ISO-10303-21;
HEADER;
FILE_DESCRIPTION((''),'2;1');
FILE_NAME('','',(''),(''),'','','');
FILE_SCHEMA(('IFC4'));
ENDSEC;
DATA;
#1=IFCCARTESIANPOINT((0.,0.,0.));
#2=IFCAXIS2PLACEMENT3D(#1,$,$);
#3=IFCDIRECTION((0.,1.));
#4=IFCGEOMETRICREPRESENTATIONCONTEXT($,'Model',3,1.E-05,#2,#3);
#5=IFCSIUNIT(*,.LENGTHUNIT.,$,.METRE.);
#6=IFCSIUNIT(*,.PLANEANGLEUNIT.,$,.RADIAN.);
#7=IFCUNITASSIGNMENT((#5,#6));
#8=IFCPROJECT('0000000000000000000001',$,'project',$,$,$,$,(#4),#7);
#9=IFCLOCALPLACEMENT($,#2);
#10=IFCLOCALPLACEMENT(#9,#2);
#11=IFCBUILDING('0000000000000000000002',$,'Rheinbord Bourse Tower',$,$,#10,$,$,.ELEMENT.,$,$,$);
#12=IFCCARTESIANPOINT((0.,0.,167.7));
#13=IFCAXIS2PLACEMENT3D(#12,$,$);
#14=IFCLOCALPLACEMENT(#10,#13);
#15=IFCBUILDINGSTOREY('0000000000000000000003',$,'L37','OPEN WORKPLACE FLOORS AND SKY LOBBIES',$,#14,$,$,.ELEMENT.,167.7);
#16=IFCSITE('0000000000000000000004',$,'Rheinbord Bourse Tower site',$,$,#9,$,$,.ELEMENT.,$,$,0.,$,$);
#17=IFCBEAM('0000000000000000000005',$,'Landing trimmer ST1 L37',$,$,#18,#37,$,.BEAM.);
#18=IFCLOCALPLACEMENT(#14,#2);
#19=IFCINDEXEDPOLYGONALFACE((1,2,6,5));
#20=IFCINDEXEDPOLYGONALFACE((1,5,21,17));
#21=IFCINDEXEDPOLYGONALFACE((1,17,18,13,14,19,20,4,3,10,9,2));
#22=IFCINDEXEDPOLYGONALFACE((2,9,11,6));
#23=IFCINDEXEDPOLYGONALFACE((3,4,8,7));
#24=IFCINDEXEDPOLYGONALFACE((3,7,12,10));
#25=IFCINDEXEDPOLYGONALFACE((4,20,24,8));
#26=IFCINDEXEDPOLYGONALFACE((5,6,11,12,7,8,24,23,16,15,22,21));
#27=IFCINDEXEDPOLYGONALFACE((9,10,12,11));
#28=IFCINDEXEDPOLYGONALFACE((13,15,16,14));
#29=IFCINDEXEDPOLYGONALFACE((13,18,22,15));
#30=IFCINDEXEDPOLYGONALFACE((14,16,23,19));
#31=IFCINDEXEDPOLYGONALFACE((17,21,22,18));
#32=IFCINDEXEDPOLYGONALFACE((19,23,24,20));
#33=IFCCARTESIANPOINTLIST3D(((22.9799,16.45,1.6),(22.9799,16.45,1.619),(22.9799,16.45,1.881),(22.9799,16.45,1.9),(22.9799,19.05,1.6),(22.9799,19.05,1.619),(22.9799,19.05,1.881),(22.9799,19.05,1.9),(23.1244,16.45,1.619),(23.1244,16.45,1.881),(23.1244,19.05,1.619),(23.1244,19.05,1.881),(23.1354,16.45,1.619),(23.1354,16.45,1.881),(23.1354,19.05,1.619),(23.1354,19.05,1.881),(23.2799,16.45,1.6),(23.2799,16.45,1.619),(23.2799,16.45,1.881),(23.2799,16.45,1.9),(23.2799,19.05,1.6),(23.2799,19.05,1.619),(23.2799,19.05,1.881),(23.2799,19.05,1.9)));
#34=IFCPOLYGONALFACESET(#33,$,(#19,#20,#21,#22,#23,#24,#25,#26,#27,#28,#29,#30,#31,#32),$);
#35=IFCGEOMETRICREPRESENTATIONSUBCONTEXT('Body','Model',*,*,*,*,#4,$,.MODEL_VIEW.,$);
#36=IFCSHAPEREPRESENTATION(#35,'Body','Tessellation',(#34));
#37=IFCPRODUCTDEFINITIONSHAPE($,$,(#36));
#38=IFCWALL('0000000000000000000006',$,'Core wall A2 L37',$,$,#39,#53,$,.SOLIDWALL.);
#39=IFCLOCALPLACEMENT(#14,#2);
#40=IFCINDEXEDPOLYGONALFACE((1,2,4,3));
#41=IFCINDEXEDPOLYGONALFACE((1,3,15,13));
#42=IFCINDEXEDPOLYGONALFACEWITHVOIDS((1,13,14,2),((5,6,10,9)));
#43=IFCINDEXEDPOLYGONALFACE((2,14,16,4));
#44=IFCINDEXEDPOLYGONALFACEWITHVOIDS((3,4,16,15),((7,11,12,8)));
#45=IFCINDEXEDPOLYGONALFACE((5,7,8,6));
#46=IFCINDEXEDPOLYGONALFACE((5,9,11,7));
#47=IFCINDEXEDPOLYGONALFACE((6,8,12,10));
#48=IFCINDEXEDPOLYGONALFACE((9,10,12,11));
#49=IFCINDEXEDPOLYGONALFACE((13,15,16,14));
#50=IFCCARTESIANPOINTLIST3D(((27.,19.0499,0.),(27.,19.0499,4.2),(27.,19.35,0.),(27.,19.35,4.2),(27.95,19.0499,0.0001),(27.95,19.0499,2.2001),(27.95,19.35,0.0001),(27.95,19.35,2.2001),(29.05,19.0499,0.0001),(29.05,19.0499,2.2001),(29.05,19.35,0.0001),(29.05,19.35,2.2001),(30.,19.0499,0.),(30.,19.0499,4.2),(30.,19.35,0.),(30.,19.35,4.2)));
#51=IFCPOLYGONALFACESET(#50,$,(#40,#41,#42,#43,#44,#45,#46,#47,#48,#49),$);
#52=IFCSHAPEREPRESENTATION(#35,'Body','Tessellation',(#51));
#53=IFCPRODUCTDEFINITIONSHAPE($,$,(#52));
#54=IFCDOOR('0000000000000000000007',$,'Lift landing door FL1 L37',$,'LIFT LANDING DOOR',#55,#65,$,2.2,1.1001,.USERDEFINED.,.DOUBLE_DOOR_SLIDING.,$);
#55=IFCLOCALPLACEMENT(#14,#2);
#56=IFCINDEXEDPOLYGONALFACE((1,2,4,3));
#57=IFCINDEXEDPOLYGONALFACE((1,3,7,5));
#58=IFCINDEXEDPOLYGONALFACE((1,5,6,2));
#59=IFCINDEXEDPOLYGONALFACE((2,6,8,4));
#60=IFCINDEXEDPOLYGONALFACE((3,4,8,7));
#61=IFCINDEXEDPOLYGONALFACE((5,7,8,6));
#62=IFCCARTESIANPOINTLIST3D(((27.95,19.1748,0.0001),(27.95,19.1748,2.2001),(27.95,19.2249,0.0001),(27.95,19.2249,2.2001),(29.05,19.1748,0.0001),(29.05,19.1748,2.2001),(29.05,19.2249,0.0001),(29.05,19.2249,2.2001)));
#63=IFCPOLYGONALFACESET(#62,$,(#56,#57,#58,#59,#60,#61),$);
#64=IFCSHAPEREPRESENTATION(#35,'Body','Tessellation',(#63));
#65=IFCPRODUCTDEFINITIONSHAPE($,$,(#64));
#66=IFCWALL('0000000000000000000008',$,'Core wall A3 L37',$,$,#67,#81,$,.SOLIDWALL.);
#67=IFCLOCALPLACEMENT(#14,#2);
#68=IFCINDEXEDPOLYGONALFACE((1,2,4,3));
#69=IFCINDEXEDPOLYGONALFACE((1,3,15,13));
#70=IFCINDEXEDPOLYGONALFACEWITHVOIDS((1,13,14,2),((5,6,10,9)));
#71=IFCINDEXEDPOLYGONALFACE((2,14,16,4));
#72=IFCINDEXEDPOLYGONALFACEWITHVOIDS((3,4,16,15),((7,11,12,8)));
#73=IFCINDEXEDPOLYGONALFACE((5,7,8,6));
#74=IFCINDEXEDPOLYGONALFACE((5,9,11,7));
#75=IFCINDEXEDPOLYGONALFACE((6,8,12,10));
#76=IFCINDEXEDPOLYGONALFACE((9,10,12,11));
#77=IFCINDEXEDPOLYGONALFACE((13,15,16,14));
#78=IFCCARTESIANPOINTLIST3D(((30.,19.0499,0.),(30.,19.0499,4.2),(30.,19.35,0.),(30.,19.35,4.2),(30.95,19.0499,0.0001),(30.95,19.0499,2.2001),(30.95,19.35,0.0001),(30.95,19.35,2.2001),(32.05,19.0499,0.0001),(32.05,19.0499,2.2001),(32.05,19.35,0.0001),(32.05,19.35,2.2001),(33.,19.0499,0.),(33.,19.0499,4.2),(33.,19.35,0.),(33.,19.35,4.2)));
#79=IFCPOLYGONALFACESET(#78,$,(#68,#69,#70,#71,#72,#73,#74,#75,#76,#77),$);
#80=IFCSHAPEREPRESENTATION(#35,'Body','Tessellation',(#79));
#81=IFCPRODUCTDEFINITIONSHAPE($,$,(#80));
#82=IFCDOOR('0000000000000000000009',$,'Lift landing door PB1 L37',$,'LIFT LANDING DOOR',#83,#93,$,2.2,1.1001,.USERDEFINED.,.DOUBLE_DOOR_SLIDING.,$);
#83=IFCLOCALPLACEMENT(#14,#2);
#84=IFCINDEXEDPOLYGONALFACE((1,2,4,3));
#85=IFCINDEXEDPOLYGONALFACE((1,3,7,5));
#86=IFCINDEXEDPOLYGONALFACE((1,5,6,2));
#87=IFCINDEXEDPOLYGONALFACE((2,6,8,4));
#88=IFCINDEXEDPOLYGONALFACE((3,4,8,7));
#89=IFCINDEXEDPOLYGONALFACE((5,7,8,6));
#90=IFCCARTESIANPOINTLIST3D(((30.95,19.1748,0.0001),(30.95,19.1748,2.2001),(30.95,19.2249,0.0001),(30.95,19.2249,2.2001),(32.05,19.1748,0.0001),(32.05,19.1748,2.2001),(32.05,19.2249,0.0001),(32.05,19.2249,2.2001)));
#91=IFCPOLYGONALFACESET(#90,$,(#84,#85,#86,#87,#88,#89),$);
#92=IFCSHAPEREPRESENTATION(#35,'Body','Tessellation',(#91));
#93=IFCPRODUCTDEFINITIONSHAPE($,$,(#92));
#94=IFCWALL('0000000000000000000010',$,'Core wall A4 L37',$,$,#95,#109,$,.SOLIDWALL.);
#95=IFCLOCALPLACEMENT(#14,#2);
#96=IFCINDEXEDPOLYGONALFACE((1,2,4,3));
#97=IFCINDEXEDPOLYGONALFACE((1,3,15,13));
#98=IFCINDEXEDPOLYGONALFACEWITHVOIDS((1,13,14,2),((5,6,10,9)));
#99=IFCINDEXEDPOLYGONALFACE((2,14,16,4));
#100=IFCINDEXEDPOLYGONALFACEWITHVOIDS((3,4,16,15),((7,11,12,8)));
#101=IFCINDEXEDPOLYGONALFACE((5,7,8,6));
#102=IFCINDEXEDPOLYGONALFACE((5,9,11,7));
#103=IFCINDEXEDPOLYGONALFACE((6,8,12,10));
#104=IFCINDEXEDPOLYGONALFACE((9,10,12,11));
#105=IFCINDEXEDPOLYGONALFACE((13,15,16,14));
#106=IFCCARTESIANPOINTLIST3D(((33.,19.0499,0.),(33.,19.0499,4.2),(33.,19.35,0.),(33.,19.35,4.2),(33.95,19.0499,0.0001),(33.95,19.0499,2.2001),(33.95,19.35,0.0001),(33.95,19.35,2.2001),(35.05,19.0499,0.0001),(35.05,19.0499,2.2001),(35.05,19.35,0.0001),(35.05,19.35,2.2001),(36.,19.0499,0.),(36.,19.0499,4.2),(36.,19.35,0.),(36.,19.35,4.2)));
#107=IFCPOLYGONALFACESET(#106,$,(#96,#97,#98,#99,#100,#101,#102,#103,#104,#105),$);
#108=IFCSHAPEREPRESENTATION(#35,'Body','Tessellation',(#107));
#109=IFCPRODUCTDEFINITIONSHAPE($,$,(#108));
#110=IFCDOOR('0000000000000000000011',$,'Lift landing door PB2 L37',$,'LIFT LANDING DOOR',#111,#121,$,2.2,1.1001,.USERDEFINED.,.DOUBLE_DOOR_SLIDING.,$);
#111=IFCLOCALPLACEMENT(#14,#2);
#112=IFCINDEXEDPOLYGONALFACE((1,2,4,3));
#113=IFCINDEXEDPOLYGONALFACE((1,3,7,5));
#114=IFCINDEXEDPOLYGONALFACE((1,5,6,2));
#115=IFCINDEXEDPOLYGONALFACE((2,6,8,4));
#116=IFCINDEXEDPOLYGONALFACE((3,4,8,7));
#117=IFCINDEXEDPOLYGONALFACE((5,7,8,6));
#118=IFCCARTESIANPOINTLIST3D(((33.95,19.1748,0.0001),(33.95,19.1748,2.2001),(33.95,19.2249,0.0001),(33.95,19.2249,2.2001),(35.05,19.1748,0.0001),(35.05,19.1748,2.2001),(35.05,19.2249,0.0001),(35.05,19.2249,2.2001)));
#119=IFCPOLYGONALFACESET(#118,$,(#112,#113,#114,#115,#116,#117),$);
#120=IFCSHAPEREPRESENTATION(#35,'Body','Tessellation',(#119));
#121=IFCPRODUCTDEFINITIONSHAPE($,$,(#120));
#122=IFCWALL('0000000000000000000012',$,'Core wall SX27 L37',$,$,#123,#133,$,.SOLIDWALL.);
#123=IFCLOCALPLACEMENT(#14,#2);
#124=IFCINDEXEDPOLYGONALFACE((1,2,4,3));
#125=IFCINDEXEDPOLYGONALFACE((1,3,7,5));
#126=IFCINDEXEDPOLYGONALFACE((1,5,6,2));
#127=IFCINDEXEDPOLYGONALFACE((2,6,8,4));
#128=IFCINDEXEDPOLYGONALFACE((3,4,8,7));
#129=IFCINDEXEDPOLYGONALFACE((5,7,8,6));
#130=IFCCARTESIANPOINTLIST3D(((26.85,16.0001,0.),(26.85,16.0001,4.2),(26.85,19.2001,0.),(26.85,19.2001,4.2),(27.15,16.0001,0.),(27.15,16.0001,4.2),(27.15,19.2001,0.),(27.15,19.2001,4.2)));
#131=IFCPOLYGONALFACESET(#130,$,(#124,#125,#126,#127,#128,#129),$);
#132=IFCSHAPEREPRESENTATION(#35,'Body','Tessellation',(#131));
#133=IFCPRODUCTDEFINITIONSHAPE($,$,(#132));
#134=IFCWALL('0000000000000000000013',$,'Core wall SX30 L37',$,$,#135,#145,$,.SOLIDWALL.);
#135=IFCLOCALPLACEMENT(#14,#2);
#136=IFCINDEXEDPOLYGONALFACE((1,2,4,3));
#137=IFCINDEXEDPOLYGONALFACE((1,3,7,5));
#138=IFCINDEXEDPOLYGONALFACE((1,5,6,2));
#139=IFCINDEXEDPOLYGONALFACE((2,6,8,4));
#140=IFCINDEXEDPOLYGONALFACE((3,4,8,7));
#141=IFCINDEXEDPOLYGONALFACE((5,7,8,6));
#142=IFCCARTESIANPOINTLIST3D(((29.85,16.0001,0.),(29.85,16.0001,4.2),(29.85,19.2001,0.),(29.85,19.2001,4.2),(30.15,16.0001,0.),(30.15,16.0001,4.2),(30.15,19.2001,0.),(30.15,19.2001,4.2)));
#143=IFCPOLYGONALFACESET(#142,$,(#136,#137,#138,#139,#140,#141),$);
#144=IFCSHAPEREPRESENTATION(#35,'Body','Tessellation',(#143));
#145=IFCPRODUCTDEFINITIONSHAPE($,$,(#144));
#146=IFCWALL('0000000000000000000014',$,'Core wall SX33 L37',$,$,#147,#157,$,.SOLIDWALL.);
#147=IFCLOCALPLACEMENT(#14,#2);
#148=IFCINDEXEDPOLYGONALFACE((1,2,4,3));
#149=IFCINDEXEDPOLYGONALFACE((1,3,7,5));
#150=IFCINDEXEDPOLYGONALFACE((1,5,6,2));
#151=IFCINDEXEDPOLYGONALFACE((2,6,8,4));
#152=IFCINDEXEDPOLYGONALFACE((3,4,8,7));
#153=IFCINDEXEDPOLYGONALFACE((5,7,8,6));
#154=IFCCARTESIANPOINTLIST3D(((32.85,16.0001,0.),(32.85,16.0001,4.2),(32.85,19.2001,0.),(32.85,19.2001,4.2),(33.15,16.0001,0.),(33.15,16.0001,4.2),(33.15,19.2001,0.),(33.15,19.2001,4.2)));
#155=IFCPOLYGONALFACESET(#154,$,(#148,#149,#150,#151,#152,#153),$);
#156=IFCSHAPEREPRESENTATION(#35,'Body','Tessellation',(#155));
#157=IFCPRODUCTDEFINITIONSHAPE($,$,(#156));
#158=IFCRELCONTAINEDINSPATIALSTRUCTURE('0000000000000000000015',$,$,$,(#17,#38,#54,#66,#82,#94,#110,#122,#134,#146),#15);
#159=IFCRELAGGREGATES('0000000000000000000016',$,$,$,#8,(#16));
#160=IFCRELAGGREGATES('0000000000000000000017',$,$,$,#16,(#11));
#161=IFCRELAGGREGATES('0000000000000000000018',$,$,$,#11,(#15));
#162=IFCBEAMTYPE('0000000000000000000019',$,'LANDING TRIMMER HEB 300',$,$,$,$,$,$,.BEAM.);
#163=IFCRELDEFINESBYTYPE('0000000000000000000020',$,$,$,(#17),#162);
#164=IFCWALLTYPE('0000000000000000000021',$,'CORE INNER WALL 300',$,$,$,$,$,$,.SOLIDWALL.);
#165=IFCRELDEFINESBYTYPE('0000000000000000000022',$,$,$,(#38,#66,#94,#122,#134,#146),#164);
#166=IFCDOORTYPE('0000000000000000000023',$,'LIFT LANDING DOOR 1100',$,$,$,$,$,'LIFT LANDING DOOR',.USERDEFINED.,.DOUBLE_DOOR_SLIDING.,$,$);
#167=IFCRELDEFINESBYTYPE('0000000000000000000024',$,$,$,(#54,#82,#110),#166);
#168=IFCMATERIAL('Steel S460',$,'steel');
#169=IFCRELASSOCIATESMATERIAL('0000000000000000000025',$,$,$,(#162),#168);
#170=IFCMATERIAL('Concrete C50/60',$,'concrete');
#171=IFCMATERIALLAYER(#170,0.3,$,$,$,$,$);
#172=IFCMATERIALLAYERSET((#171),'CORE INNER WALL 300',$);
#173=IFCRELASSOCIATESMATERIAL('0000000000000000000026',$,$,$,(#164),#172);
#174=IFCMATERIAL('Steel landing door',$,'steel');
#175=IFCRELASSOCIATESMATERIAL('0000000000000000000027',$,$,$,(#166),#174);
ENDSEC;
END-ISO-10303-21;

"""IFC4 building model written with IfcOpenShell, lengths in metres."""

from ifc_helpers import new_model, si_unit, direction, frame, frame_2d, origin, origin_2d, place, context, subcontext, project, spatial, rectangle, i_section, extrude, material, layer, layer_set, material_profile, profile_set, type_object, element, fill, save


model = new_model("IFC4")

# Units and contexts
model_context = context("Model", 3, precision=1e-05, world=origin(), true_north=direction((0.0, 1.0)))
body_context = subcontext(model_context, "Body", "Model", "MODEL_VIEW")
ifc_project = project(units=[si_unit("LENGTHUNIT", "METRE"), si_unit("PLANEANGLEUNIT", "RADIAN")], contexts=[model_context])

# Site, building, storey
site_placement = place(None, origin())
site = spatial("IfcSite", under=ifc_project, at=site_placement, Name="Rheinbord Bourse Tower site", CompositionType="ELEMENT", RefElevation=0.0)
building_placement = place(site_placement, origin())
building = spatial("IfcBuilding", under=site, at=building_placement, Name="Rheinbord Bourse Tower", CompositionType="ELEMENT")
storey_placement = place(building_placement, frame((0.0, 0.0, 167.7)))
storey = spatial("IfcBuildingStorey", under=building, at=storey_placement, Name="L37", Description="OPEN WORKPLACE FLOORS AND SKY LOBBIES", CompositionType="ELEMENT", Elevation=167.7)

# Beam
ifc_material_1 = material(Name="Steel S460", Category="steel")
ifc_material_profile = material_profile(ifc_material_1, i_section(OverallWidth=0.3, OverallDepth=0.3, WebThickness=0.011, FlangeThickness=0.019, at=origin_2d()), Name="HEB 300")
ifc_profile_set = profile_set([ifc_material_profile], Name="Steel S460")
beam_type = type_object("IfcBeamType", Name="LANDING TRIMMER HEB 300", PredefinedType="BEAM", material=ifc_profile_set)
beam_placement = place(storey_placement, frame((23.1299, 16.45, 1.75), z_axis=(0.0, 1.0, 0.0), x_axis=(-1.0, 0.0, 0.0)))
element("IfcBeam", 1, at=beam_placement, inside=storey, type_object=beam_type, Name="Landing trimmer ST1 L37", PredefinedType="BEAM", context=body_context, shape_type="SweptSolid", body=[
    extrude(i_section(OverallWidth=0.3, OverallDepth=0.3, WebThickness=0.011, FlangeThickness=0.019, at=origin_2d()), origin(), (0.0, 0.0, 1.0), 2.6001),
])

# Walls, openings, doors
ifc_material_2 = material(Name="Concrete C50/60", Category="concrete")
ifc_layer_1 = layer(ifc_material_2, 0.3)
ifc_layer_set_1 = layer_set([ifc_layer_1], Name="CORE INNER WALL 300")
wall_type_1 = type_object("IfcWallType", Name="CORE INNER WALL 300", PredefinedType="SOLIDWALL", material=ifc_layer_set_1)
wall_1_placement = place(storey_placement, frame((27.0, 19.2, 0.0), z_axis=(0.0, 0.0, 1.0), x_axis=(1.0, 0.0, 0.0)))
wall_1 = element("IfcWall", 2, at=wall_1_placement, inside=storey, type_object=wall_type_1, Name="Core wall A2 L37", PredefinedType="SOLIDWALL", context=body_context, shape_type="SweptSolid", body=[
    extrude(rectangle(XDim=3.0, YDim=0.3, at=frame_2d((1.5, 0.0))), origin(), (0.0, 0.0, 1.0), 4.2),
])
opening_1_placement = place(wall_1_placement, frame((0.95, 0.0, 0.0)))
opening_1 = element("IfcOpeningElement", 3, at=opening_1_placement, cuts=wall_1, PredefinedType="OPENING", context=body_context, shape_type="SweptSolid", body=[
    extrude(rectangle(XDim=1.1001, YDim=2.2, at=frame_2d((0.55, 1.1001))), frame((0.0, 0.1599, 0.0), z_axis=(0.0, -1.0, 0.0), x_axis=(1.0, 0.0, 0.0)), (0.0, 0.0, 1.0), 0.3201),
])
ifc_material_3 = material(Name="Steel landing door", Category="steel")
door_type_1 = type_object("IfcDoorType", Name="LIFT LANDING DOOR 1100", ElementType="LIFT LANDING DOOR", OperationType="DOUBLE_DOOR_SLIDING", PredefinedType="USERDEFINED", material=ifc_material_3)
door_1_placement = place(opening_1_placement, origin())
door_1 = element("IfcDoor", 4, at=door_1_placement, inside=storey, type_object=door_type_1, Name="Lift landing door FL1 L37", ObjectType="LIFT LANDING DOOR", OperationType="DOUBLE_DOOR_SLIDING", OverallHeight=2.2, OverallWidth=1.1001, PredefinedType="USERDEFINED", context=body_context, shape_type="SweptSolid", body=[
    extrude(rectangle(XDim=1.1001, YDim=2.2, at=frame_2d((0.55, 1.1001))), frame((0.0, 0.0249, 0.0), z_axis=(0.0, -1.0, 0.0), x_axis=(1.0, 0.0, 0.0)), (0.0, 0.0, 1.0), 0.05),
])
fill(opening_1, door_1)
wall_2_placement = place(storey_placement, frame((30.0, 19.2, 0.0), z_axis=(0.0, 0.0, 1.0), x_axis=(1.0, 0.0, 0.0)))
wall_2 = element("IfcWall", 5, at=wall_2_placement, inside=storey, type_object=wall_type_1, Name="Core wall A3 L37", PredefinedType="SOLIDWALL", context=body_context, shape_type="SweptSolid", body=[
    extrude(rectangle(XDim=3.0, YDim=0.3, at=frame_2d((1.5, 0.0))), origin(), (0.0, 0.0, 1.0), 4.2),
])
opening_2_placement = place(wall_2_placement, frame((0.95, 0.0, 0.0)))
opening_2 = element("IfcOpeningElement", 6, at=opening_2_placement, cuts=wall_2, PredefinedType="OPENING", context=body_context, shape_type="SweptSolid", body=[
    extrude(rectangle(XDim=1.1001, YDim=2.2, at=frame_2d((0.55, 1.1001))), frame((0.0, 0.1599, 0.0), z_axis=(0.0, -1.0, 0.0), x_axis=(1.0, 0.0, 0.0)), (0.0, 0.0, 1.0), 0.3201),
])
door_2_placement = place(opening_2_placement, origin())
door_2 = element("IfcDoor", 7, at=door_2_placement, inside=storey, type_object=door_type_1, Name="Lift landing door PB1 L37", ObjectType="LIFT LANDING DOOR", OperationType="DOUBLE_DOOR_SLIDING", OverallHeight=2.2, OverallWidth=1.1001, PredefinedType="USERDEFINED", context=body_context, shape_type="SweptSolid", body=[
    extrude(rectangle(XDim=1.1001, YDim=2.2, at=frame_2d((0.55, 1.1001))), frame((0.0, 0.0249, 0.0), z_axis=(0.0, -1.0, 0.0), x_axis=(1.0, 0.0, 0.0)), (0.0, 0.0, 1.0), 0.05),
])
fill(opening_2, door_2)
wall_3_placement = place(storey_placement, frame((33.0, 19.2, 0.0), z_axis=(0.0, 0.0, 1.0), x_axis=(1.0, 0.0, 0.0)))
wall_3 = element("IfcWall", 8, at=wall_3_placement, inside=storey, type_object=wall_type_1, Name="Core wall A4 L37", PredefinedType="SOLIDWALL", context=body_context, shape_type="SweptSolid", body=[
    extrude(rectangle(XDim=3.0, YDim=0.3, at=frame_2d((1.5, 0.0))), origin(), (0.0, 0.0, 1.0), 4.2),
])
opening_3_placement = place(wall_3_placement, frame((0.95, 0.0, 0.0)))
opening_3 = element("IfcOpeningElement", 9, at=opening_3_placement, cuts=wall_3, PredefinedType="OPENING", context=body_context, shape_type="SweptSolid", body=[
    extrude(rectangle(XDim=1.1001, YDim=2.2, at=frame_2d((0.55, 1.1001))), frame((0.0, 0.1599, 0.0), z_axis=(0.0, -1.0, 0.0), x_axis=(1.0, 0.0, 0.0)), (0.0, 0.0, 1.0), 0.3201),
])
door_3_placement = place(opening_3_placement, origin())
door_3 = element("IfcDoor", 10, at=door_3_placement, inside=storey, type_object=door_type_1, Name="Lift landing door PB2 L37", ObjectType="LIFT LANDING DOOR", OperationType="DOUBLE_DOOR_SLIDING", OverallHeight=2.2, OverallWidth=1.1001, PredefinedType="USERDEFINED", context=body_context, shape_type="SweptSolid", body=[
    extrude(rectangle(XDim=1.1001, YDim=2.2, at=frame_2d((0.55, 1.1001))), frame((0.0, 0.0249, 0.0), z_axis=(0.0, -1.0, 0.0), x_axis=(1.0, 0.0, 0.0)), (0.0, 0.0, 1.0), 0.05),
])
fill(opening_3, door_3)

# Walls
for number, where, z_axis, x_axis, name in (
    (11, (27.0, 16.0, 0.0), (0.0, 0.0, 1.0), (0.0, 1.0, 0.0), "Core wall SX27 L37"),
    (12, (30.0, 16.0, 0.0), (0.0, 0.0, 1.0), (0.0, 1.0, 0.0), "Core wall SX30 L37"),
    (13, (33.0, 16.0, 0.0), (0.0, 0.0, 1.0), (0.0, 1.0, 0.0), "Core wall SX33 L37"),
):
    element("IfcWall", number, at=place(storey_placement, frame(where, z_axis=z_axis, x_axis=x_axis)), inside=storey, type_object=wall_type_1, Name=name, PredefinedType="SOLIDWALL", context=body_context, shape_type="SweptSolid", body=[
        extrude(rectangle(XDim=3.2, YDim=0.3, at=frame_2d((1.6001, 0.0))), origin(), (0.0, 0.0, 1.0), 4.2),
    ])

save(model, "model.ifc")
